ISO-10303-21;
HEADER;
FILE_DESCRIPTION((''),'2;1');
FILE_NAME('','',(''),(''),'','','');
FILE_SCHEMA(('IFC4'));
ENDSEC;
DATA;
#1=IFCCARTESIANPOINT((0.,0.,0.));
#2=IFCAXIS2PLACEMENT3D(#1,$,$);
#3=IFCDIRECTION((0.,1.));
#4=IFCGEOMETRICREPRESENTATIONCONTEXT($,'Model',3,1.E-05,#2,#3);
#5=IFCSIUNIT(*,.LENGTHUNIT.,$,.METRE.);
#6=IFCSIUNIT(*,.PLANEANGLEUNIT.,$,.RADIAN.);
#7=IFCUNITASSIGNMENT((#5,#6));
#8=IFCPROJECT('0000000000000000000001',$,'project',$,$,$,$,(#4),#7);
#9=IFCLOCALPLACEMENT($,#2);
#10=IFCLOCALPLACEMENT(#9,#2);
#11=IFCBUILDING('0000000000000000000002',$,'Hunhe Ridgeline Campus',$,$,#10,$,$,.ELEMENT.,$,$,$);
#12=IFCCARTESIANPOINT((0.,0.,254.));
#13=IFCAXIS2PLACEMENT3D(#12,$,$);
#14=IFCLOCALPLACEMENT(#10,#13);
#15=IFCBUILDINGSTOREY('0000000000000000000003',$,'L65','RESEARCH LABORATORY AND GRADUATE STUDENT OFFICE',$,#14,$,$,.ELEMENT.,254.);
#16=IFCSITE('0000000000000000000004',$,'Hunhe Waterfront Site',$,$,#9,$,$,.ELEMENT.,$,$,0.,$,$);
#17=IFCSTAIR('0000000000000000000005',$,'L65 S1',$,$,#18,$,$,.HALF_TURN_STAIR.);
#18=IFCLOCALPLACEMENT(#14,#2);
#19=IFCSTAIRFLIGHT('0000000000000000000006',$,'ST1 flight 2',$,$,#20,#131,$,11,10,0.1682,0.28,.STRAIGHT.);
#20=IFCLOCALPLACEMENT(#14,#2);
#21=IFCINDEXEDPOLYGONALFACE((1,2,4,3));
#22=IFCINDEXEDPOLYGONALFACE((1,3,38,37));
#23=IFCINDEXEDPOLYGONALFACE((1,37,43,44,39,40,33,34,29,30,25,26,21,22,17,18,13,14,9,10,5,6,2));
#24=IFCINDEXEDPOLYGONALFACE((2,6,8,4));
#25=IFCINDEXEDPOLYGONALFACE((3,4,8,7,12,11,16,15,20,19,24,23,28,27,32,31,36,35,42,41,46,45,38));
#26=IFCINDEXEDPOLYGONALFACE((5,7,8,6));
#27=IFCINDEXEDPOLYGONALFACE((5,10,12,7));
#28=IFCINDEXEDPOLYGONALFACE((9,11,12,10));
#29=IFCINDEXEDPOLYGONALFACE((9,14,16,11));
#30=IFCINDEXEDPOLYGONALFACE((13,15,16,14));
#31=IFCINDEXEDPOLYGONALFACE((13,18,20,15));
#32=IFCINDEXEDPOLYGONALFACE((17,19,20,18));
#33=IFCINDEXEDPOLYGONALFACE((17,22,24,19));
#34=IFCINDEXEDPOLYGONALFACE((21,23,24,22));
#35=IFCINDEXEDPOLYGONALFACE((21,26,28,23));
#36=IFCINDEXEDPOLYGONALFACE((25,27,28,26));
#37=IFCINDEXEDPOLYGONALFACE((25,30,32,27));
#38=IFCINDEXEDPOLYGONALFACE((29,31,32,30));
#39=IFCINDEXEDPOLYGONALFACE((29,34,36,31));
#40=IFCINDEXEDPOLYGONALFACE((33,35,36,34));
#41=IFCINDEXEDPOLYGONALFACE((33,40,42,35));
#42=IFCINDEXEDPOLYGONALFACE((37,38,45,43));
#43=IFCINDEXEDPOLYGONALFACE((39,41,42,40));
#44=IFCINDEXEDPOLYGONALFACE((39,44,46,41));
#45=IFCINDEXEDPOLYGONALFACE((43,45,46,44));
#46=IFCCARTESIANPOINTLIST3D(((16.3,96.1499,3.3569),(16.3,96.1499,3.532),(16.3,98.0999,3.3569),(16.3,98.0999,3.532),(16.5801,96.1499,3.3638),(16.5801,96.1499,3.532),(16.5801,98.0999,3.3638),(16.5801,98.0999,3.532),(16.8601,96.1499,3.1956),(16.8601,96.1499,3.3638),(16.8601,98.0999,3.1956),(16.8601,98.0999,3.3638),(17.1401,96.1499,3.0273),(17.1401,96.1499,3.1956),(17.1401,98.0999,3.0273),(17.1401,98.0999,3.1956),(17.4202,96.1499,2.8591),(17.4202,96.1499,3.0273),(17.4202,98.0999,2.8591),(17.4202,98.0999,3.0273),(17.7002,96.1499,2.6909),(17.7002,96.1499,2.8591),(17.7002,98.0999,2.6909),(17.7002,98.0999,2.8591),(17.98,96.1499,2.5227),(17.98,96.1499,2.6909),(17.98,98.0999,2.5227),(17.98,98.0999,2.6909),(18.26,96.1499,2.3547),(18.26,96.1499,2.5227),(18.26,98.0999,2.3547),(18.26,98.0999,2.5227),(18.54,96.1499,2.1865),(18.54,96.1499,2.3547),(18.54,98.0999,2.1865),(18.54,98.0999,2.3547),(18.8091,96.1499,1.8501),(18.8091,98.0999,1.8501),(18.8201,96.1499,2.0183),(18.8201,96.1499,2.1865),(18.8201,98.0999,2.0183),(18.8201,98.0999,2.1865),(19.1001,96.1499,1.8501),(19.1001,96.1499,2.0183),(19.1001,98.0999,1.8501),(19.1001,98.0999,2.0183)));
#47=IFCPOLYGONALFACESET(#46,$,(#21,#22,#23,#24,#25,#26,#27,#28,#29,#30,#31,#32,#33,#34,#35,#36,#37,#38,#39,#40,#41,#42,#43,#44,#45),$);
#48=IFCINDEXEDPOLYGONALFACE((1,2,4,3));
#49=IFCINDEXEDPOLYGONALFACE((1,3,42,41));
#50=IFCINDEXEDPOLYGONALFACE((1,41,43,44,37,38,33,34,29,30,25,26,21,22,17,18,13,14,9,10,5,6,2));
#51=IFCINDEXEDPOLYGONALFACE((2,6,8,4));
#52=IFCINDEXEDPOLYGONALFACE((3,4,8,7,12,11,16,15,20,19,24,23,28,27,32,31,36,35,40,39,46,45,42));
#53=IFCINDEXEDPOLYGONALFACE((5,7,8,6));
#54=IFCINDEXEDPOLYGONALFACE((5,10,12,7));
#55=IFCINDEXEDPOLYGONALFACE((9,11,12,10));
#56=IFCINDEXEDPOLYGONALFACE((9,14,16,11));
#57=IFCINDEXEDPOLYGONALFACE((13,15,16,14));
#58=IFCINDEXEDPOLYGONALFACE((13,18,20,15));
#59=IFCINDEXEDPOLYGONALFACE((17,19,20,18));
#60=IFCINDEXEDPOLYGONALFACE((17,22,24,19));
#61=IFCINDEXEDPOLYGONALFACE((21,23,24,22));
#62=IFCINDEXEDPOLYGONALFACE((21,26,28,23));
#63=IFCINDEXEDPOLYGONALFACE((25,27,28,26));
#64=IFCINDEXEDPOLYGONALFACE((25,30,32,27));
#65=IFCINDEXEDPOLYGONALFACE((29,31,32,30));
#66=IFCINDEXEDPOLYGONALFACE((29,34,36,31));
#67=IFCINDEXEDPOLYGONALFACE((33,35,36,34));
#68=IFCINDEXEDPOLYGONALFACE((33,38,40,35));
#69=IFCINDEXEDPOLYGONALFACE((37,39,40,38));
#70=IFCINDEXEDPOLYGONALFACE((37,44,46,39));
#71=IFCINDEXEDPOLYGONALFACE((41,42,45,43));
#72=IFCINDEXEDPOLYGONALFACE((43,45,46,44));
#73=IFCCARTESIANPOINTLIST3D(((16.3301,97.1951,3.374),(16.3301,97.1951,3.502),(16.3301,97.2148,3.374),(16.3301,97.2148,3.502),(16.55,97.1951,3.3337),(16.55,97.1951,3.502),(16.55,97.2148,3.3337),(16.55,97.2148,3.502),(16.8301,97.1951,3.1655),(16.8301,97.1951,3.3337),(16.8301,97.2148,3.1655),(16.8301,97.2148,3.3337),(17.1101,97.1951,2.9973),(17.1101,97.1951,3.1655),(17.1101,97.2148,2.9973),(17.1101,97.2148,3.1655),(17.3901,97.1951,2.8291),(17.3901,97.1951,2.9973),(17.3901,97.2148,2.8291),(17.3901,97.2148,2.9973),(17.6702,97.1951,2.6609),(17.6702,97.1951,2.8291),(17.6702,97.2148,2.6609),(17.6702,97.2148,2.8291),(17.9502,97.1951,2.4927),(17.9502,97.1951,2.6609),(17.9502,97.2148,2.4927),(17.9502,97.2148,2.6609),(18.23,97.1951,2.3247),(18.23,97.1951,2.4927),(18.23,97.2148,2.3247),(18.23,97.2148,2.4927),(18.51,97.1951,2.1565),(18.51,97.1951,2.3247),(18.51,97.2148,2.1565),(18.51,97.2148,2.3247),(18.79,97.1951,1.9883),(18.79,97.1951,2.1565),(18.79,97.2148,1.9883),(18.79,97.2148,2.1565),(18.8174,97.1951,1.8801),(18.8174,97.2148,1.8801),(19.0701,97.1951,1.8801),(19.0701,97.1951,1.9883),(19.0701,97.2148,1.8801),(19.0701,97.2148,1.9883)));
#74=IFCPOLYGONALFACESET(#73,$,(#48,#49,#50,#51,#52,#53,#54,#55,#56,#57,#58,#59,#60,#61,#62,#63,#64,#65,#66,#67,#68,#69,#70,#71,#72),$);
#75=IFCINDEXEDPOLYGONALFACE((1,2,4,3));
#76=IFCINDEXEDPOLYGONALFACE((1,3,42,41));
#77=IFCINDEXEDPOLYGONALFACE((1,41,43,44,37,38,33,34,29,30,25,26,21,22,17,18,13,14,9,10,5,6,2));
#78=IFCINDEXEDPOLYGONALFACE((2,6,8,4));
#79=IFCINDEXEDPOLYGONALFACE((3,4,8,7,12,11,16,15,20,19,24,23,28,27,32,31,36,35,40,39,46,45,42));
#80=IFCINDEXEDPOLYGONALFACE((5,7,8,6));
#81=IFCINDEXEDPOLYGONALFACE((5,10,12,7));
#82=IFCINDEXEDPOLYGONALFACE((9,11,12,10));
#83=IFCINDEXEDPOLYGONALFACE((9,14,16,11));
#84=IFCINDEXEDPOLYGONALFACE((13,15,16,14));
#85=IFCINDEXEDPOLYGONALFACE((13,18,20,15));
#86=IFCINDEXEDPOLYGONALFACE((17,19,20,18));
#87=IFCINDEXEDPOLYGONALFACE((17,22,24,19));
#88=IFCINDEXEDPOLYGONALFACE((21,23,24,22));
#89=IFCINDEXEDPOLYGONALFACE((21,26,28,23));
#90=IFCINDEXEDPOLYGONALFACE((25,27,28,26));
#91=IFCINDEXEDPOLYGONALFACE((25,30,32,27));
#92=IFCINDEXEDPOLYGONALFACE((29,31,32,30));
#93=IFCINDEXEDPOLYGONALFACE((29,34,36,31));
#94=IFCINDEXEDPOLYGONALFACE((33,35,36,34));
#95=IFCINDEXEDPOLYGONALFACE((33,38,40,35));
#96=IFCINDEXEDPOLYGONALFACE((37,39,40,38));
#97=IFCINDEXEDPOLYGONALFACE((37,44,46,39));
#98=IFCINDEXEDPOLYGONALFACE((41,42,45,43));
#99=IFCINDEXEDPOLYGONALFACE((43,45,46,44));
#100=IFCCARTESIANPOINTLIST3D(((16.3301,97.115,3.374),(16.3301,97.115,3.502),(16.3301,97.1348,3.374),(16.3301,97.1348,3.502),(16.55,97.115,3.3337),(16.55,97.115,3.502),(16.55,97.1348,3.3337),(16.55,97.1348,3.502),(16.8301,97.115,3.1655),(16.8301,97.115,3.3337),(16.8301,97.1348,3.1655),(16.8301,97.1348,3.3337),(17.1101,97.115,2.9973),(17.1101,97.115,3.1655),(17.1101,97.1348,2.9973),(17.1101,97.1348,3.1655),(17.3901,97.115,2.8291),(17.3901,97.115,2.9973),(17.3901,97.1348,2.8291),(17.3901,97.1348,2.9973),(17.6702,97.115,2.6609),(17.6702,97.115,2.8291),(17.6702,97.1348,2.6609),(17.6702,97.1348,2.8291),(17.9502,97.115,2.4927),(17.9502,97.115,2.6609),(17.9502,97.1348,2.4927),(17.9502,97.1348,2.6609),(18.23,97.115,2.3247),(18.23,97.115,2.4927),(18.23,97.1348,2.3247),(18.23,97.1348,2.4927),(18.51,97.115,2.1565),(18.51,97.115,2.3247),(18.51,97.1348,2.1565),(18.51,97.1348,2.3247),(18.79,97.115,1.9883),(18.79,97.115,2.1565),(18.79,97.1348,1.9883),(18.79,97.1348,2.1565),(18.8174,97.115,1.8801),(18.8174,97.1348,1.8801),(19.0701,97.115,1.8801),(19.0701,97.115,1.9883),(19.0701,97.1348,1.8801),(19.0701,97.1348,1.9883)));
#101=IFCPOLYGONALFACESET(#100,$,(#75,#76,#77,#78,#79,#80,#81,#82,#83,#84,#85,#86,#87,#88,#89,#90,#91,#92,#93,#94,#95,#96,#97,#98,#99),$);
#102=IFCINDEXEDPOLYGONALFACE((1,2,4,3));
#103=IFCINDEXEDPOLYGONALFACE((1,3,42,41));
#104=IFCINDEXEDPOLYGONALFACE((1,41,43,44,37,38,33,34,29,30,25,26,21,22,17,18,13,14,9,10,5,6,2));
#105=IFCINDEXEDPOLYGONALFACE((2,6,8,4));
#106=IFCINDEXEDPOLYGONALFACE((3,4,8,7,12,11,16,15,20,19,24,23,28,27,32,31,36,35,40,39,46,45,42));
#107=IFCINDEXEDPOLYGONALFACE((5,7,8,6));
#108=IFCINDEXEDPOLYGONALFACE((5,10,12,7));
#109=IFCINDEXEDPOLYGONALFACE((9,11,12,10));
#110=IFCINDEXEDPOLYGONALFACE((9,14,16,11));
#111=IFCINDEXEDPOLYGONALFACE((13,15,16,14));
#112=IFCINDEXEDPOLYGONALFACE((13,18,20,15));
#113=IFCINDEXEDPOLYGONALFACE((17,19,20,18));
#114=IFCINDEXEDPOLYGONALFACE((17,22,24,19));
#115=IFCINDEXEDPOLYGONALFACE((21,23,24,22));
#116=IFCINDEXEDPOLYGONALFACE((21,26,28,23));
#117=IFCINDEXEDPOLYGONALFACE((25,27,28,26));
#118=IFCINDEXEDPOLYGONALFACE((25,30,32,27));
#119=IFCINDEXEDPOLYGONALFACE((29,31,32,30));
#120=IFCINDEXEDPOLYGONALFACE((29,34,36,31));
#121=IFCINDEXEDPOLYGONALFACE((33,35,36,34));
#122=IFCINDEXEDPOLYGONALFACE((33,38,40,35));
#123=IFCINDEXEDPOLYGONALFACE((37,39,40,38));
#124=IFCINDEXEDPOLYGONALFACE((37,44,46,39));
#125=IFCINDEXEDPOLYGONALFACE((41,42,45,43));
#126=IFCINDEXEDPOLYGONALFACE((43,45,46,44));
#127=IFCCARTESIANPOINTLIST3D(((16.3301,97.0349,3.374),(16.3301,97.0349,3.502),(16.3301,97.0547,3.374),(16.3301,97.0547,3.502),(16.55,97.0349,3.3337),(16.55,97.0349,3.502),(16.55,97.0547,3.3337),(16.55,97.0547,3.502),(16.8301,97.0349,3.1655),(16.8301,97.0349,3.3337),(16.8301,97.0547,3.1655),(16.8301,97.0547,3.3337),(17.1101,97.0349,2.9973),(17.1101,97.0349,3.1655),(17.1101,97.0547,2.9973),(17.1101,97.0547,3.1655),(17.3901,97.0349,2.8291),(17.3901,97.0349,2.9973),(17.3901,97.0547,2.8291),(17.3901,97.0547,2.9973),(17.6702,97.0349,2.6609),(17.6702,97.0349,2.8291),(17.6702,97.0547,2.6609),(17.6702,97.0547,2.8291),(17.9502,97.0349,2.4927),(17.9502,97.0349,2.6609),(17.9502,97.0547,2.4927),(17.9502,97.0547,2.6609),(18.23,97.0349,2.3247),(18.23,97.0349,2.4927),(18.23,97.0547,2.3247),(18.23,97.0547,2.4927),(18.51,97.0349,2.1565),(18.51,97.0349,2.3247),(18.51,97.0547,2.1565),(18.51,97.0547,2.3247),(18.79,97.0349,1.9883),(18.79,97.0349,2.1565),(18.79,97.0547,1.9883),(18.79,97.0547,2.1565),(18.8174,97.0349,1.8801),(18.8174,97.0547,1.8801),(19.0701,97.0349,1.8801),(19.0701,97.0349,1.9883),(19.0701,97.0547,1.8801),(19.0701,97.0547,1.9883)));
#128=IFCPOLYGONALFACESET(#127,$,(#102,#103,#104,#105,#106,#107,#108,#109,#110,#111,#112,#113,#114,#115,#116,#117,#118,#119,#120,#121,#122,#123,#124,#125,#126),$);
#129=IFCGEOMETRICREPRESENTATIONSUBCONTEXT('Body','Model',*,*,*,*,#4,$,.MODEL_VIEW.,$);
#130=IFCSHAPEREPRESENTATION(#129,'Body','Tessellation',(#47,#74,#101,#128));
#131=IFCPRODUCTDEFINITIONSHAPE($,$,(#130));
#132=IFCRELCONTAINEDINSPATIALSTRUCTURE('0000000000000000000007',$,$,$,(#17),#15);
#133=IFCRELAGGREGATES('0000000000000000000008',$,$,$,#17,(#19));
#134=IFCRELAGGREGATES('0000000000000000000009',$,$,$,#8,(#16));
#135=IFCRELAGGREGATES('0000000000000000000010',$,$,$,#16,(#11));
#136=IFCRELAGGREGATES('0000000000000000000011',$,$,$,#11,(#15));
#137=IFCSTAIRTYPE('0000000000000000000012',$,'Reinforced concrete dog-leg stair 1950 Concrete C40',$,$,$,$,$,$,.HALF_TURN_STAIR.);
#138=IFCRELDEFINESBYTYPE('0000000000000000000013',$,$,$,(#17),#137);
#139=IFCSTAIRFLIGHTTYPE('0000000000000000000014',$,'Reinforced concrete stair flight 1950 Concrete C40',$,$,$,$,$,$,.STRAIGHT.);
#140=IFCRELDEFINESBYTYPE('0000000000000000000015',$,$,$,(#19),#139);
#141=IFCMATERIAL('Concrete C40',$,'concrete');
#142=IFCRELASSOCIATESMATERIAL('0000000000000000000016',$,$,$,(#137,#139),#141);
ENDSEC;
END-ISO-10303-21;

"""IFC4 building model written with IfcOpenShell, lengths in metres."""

from ifc_helpers import new_model, si_unit, direction, frame, origin, place, context, subcontext, project, spatial, polyline, outline, extrude, material, type_object, element, aggregate, save


model = new_model("IFC4")

# Units and contexts
model_context = context("Model", 3, precision=1e-05, world=origin(), true_north=direction((0.0, 1.0)))
body_context = subcontext(model_context, "Body", "Model", "MODEL_VIEW")
ifc_project = project(units=[si_unit("LENGTHUNIT", "METRE"), si_unit("PLANEANGLEUNIT", "RADIAN")], contexts=[model_context])

# Site, building, storey
site_placement = place(None, origin())
site = spatial("IfcSite", under=ifc_project, at=site_placement, Name="Hunhe Waterfront Site", CompositionType="ELEMENT", RefElevation=0.0)
building_placement = place(site_placement, origin())
building = spatial("IfcBuilding", under=site, at=building_placement, Name="Hunhe Ridgeline Campus", CompositionType="ELEMENT")
storey_placement = place(building_placement, frame((0.0, 0.0, 254.0)))
storey = spatial("IfcBuildingStorey", under=building, at=storey_placement, Name="L65", Description="RESEARCH LABORATORY AND GRADUATE STUDENT OFFICE", CompositionType="ELEMENT", Elevation=254.0)

# Stair, stair flight
ifc_material_1 = material(Name="Concrete C40", Category="concrete")
stair_type = type_object("IfcStairType", Name="Reinforced concrete dog-leg stair 1950 Concrete C40", PredefinedType="HALF_TURN_STAIR", material=ifc_material_1)
stair_placement = place(storey_placement, origin())
stair = element("IfcStair", 1, at=stair_placement, inside=storey, type_object=stair_type, Name="L65 S1", PredefinedType="HALF_TURN_STAIR")
stair_flight_type = type_object("IfcStairFlightType", Name="Reinforced concrete stair flight 1950 Concrete C40", PredefinedType="STRAIGHT", material=ifc_material_1)
stair_flight_1_placement = place(storey_placement, frame((19.1001, 97.125, 1.8501), z_axis=(0.0, 0.0, 1.0), x_axis=(-1.0, 0.0, 0.0)))
stair_flight_1 = element("IfcStairFlight", 2, at=stair_flight_1_placement, type_object=stair_flight_type, Name="ST1 flight 2", NumberOfRisers=11, NumberOfTreads=10, PredefinedType="STRAIGHT", RiserHeight=0.1682, TreadLength=0.28, context=body_context, shape_type="SweptSolid", body=[
    extrude(outline(polyline([(0.0, 0.0), (0.0, 0.1682), (0.28, 0.1682), (0.28, 0.3364), (0.5601, 0.3364), (0.5601, 0.5046), (0.8401, 0.5046), (0.8401, 0.6726), (1.1201, 0.6726), (1.1201, 0.8408), (1.3999, 0.8408), (1.3999, 1.009), (1.6799, 1.009), (1.6799, 1.1772), (1.96, 1.1772), (1.96, 1.3455), (2.24, 1.3455), (2.24, 1.5137), (2.52, 1.5137), (2.52, 1.6819), (2.8, 1.6819), (2.8, 1.8501), (2.8, 1.5068), (0.291, 0.0), (0.0, 0.0)])), frame((0.0, 0.9751, 0.0), z_axis=(0.0, -1.0, 0.0), x_axis=(1.0, 0.0, 0.0)), (0.0, 0.0, 1.0), 1.95),
    extrude(outline(polyline([(0.03, 0.03), (0.03, 0.1382), (0.3101, 0.1382), (0.3101, 0.3064), (0.5901, 0.3064), (0.5901, 0.4746), (0.8701, 0.4746), (0.8701, 0.6426), (1.1499, 0.6426), (1.1499, 0.8108), (1.4299, 0.8108), (1.4299, 0.979), (1.71, 0.979), (1.71, 1.1472), (1.99, 1.1472), (1.99, 1.3154), (2.27, 1.3154), (2.27, 1.4836), (2.55, 1.4836), (2.55, 1.6519), (2.77, 1.6519), (2.77, 1.5239), (0.2827, 0.03), (0.03, 0.03)])), frame((0.0, -0.0701, 0.0), z_axis=(0.0, -1.0, 0.0), x_axis=(1.0, 0.0, 0.0)), (0.0, 0.0, 1.0), 0.0198),
    extrude(outline(polyline([(0.03, 0.03), (0.03, 0.1382), (0.3101, 0.1382), (0.3101, 0.3064), (0.5901, 0.3064), (0.5901, 0.4746), (0.8701, 0.4746), (0.8701, 0.6426), (1.1499, 0.6426), (1.1499, 0.8108), (1.4299, 0.8108), (1.4299, 0.979), (1.71, 0.979), (1.71, 1.1472), (1.99, 1.1472), (1.99, 1.3154), (2.27, 1.3154), (2.27, 1.4836), (2.55, 1.4836), (2.55, 1.6519), (2.77, 1.6519), (2.77, 1.5239), (0.2827, 0.03), (0.03, 0.03)])), frame((0.0, 0.01, 0.0), z_axis=(0.0, -1.0, 0.0), x_axis=(1.0, 0.0, 0.0)), (0.0, 0.0, 1.0), 0.0198),
    extrude(outline(polyline([(0.03, 0.03), (0.03, 0.1382), (0.3101, 0.1382), (0.3101, 0.3064), (0.5901, 0.3064), (0.5901, 0.4746), (0.8701, 0.4746), (0.8701, 0.6426), (1.1499, 0.6426), (1.1499, 0.8108), (1.4299, 0.8108), (1.4299, 0.979), (1.71, 0.979), (1.71, 1.1472), (1.99, 1.1472), (1.99, 1.3154), (2.27, 1.3154), (2.27, 1.4836), (2.55, 1.4836), (2.55, 1.6519), (2.77, 1.6519), (2.77, 1.5239), (0.2827, 0.03), (0.03, 0.03)])), frame((0.0, 0.0901, 0.0), z_axis=(0.0, -1.0, 0.0), x_axis=(1.0, 0.0, 0.0)), (0.0, 0.0, 1.0), 0.0198),
])
aggregate(stair, [stair_flight_1])

save(model, "model.ifc")
